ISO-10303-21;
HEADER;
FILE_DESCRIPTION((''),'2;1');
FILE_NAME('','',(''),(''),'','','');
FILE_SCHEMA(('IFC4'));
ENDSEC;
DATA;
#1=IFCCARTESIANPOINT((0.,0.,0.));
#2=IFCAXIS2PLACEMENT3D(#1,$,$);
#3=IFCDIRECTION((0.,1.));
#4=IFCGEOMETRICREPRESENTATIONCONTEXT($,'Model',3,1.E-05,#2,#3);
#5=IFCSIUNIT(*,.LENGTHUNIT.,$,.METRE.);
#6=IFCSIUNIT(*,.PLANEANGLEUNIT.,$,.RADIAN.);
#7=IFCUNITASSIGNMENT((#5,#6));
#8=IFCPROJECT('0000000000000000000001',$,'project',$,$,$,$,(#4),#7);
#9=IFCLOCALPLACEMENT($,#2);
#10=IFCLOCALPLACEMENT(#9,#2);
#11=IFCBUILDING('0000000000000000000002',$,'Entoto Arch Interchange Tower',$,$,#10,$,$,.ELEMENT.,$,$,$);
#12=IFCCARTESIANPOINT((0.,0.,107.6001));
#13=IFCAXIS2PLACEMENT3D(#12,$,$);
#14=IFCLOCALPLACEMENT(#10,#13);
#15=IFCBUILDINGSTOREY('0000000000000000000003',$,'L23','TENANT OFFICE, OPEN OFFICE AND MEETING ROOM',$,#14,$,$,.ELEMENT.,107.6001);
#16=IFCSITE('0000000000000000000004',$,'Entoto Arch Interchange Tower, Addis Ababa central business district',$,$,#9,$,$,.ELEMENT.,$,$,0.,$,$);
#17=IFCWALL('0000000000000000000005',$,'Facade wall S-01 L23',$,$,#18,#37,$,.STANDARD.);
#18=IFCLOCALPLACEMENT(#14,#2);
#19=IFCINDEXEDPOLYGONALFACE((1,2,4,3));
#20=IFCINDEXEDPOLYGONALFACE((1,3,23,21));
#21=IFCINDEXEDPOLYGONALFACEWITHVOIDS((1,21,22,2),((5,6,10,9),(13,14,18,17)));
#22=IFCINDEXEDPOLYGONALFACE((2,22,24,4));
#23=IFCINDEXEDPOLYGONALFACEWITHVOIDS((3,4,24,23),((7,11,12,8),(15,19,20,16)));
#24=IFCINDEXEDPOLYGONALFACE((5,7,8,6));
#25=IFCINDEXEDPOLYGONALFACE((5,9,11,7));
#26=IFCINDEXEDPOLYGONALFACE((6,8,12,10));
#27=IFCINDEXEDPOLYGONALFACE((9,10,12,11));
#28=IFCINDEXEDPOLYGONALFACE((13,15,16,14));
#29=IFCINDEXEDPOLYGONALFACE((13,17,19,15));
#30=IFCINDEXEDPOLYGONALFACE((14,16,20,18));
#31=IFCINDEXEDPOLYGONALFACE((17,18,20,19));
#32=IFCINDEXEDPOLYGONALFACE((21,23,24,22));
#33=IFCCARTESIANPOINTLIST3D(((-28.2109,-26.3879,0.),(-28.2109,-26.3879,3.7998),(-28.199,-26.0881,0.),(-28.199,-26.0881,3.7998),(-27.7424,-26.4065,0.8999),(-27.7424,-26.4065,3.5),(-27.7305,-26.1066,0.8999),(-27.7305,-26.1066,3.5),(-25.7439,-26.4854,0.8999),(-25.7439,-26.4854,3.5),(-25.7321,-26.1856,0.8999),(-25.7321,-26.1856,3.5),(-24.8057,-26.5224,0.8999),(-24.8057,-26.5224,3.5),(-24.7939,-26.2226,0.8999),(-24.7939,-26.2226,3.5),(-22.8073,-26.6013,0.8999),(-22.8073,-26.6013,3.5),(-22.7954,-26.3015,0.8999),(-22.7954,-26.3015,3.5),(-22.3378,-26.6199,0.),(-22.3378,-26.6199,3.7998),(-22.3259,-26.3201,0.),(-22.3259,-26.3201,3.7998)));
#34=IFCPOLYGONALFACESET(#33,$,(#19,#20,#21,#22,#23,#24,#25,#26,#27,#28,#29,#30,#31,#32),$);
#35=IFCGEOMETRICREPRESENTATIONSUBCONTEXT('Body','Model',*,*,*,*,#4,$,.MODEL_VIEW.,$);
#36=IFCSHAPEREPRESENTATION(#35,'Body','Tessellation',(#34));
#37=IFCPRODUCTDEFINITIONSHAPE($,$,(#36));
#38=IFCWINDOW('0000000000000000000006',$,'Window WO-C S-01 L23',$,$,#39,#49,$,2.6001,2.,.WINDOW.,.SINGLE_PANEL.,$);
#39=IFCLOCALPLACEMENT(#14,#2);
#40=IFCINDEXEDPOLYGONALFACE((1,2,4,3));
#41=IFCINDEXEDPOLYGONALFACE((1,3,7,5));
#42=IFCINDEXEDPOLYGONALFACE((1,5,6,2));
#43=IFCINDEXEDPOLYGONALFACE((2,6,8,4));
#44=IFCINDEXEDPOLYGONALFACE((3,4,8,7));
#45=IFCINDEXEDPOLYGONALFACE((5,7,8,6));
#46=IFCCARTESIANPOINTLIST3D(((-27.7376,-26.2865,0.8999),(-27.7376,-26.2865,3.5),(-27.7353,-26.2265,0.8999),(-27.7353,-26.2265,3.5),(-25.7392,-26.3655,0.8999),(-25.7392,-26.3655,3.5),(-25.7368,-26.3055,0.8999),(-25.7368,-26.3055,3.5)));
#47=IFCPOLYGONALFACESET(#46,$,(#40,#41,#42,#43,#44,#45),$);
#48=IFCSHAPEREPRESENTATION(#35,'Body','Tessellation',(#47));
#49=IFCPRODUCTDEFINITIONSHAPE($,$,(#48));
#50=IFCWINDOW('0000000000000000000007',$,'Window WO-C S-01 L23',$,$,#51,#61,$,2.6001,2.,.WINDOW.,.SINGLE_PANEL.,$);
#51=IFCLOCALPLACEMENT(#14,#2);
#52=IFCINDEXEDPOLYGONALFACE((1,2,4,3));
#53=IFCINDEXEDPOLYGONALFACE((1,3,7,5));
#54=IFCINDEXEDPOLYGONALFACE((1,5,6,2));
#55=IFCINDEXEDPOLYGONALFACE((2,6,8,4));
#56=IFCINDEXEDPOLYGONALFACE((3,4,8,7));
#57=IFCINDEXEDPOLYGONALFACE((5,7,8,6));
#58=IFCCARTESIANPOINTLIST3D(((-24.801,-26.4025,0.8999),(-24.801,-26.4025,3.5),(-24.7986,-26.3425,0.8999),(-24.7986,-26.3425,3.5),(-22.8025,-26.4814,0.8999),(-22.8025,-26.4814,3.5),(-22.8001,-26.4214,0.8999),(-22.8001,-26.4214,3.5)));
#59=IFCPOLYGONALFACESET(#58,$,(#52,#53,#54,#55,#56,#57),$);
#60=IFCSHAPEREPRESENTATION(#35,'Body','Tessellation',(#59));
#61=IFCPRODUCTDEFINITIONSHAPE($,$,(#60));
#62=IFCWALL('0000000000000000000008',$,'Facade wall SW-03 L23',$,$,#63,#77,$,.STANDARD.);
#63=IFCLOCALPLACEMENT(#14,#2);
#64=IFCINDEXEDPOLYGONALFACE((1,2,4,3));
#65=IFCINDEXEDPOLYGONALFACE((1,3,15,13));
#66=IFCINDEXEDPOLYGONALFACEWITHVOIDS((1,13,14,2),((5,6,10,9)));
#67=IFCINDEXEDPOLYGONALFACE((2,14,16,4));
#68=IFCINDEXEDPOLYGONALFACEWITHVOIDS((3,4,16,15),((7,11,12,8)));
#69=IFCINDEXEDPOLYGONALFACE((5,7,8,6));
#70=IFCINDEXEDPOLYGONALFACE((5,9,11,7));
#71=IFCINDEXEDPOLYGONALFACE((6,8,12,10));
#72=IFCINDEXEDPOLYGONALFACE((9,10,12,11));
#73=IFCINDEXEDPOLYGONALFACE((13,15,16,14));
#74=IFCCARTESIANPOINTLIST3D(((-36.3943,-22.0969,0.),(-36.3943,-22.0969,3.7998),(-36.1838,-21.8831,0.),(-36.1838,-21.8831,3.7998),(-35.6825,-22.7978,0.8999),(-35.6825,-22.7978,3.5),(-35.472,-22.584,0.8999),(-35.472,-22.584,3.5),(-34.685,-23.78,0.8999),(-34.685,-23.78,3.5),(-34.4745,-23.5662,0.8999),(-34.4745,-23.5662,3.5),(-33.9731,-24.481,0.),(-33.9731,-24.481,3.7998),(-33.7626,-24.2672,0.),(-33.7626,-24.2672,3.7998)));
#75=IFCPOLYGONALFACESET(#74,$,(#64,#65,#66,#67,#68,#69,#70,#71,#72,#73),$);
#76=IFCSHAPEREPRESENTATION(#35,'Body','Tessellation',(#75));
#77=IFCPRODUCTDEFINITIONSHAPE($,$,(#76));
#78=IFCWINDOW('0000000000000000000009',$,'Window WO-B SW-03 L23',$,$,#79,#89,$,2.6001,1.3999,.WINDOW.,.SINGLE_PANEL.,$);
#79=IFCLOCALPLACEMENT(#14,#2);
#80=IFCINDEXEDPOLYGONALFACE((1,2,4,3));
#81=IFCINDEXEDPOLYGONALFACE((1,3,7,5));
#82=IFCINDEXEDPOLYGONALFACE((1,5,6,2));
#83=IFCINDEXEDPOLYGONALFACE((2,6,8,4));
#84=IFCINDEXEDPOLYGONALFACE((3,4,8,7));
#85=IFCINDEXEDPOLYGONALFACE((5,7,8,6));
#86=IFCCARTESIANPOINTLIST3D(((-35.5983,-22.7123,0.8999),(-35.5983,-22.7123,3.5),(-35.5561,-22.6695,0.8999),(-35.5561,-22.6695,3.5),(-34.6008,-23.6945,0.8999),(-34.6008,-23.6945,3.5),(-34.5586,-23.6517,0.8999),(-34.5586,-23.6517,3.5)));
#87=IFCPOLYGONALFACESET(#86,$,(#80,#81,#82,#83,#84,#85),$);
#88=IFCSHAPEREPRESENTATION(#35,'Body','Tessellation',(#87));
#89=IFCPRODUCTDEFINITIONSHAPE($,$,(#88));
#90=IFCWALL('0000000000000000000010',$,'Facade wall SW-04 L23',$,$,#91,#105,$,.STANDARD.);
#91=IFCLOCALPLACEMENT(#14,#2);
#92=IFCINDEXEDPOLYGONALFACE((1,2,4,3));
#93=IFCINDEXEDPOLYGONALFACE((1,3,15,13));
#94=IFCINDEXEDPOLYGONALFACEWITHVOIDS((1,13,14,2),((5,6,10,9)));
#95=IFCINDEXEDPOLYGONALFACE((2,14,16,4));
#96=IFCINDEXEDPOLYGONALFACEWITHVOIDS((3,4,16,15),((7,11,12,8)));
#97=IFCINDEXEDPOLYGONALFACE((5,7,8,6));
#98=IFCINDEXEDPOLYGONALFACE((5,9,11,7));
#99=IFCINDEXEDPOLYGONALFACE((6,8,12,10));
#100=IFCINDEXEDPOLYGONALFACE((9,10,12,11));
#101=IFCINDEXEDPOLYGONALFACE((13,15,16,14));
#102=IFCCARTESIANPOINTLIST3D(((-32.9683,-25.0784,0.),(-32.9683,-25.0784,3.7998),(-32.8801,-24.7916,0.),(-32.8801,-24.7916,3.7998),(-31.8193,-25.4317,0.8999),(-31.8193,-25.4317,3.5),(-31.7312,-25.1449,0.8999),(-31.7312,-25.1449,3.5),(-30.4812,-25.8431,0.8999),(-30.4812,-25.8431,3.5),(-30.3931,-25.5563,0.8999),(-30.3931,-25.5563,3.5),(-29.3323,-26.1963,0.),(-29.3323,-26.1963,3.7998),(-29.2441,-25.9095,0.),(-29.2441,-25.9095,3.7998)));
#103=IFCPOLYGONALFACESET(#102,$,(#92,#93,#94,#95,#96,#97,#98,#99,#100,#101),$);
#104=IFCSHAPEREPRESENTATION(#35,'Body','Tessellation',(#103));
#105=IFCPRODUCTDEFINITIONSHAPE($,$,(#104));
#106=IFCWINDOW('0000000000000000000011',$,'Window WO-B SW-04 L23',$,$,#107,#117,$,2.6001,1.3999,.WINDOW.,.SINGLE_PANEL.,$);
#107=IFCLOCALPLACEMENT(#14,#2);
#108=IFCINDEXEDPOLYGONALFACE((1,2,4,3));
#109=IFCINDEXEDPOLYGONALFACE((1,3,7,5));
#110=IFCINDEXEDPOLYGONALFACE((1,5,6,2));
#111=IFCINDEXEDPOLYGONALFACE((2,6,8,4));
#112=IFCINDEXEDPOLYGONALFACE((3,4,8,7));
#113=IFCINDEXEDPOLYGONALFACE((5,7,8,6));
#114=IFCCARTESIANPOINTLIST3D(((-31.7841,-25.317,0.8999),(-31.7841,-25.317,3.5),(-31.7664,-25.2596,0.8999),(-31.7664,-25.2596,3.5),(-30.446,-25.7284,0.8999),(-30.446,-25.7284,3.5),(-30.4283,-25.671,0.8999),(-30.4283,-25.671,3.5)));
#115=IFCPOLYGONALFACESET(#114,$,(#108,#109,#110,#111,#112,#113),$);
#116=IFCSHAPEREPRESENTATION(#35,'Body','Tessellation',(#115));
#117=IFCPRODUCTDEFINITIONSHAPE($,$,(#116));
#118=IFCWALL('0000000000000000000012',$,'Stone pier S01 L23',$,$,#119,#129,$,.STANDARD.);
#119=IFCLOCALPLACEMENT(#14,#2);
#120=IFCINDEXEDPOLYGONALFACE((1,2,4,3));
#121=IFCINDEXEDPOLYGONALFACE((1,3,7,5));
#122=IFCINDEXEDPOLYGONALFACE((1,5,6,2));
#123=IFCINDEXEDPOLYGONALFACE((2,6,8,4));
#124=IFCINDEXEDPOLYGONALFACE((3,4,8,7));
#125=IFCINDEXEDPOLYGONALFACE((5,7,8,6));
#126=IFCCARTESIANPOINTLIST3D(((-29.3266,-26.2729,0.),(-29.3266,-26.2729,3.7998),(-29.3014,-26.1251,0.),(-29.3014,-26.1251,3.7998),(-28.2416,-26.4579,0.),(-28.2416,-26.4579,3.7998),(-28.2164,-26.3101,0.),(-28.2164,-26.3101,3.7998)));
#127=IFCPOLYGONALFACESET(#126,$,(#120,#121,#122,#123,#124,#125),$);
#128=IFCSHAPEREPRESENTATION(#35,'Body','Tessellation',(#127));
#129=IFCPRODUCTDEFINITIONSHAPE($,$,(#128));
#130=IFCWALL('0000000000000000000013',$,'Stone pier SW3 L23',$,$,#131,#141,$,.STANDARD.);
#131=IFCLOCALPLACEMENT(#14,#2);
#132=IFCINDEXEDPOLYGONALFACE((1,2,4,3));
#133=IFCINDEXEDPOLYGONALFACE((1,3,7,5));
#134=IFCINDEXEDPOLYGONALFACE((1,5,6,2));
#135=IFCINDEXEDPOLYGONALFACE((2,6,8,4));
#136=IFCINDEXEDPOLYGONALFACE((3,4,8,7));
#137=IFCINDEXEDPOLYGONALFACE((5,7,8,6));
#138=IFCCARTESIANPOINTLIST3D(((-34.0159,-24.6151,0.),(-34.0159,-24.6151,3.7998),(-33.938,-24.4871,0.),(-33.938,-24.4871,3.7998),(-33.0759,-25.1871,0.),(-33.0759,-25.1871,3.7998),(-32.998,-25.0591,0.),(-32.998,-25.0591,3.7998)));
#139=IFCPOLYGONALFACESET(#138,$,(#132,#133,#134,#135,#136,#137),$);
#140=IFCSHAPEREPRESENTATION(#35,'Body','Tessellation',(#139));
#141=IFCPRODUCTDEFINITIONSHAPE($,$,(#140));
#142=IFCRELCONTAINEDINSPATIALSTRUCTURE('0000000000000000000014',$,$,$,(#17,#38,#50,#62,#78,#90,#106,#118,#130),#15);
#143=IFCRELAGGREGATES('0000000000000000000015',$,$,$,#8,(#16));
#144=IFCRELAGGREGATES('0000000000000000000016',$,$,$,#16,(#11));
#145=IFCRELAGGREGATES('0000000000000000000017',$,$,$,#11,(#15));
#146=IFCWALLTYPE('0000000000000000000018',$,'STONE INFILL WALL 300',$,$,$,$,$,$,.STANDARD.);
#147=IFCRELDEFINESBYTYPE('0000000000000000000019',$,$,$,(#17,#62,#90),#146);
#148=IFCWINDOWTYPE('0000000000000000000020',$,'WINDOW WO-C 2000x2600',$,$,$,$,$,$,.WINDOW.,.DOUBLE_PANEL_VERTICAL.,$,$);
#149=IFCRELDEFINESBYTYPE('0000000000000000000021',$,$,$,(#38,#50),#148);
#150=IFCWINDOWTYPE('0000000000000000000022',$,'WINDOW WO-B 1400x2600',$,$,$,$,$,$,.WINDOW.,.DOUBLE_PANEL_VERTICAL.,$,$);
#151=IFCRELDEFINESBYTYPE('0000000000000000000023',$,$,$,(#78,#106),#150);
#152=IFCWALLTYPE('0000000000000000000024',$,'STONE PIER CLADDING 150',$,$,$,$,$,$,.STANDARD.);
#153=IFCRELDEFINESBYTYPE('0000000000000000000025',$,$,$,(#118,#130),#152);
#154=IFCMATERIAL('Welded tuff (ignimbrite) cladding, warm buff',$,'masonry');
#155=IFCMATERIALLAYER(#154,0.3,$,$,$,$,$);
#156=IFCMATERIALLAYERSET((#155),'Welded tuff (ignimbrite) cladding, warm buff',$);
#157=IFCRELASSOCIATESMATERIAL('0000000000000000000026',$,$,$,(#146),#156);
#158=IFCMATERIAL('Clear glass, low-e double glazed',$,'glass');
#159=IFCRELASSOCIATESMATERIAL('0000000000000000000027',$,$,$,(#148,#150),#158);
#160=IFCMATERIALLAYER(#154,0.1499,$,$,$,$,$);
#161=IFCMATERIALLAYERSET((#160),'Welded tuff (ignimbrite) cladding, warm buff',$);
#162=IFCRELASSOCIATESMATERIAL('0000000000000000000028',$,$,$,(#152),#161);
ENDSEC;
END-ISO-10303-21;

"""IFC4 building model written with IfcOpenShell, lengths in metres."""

from ifc_helpers import new_model, si_unit, direction, frame, frame_2d, origin, place, context, subcontext, project, spatial, rectangle, extrude, material, layer, layer_set, type_object, element, fill, save


model = new_model("IFC4")

# Units and contexts
model_context = context("Model", 3, precision=1e-05, world=origin(), true_north=direction((0.0, 1.0)))
body_context = subcontext(model_context, "Body", "Model", "MODEL_VIEW")
ifc_project = project(units=[si_unit("LENGTHUNIT", "METRE"), si_unit("PLANEANGLEUNIT", "RADIAN")], contexts=[model_context])

# Site, building, storey
site_placement = place(None, origin())
site = spatial("IfcSite", under=ifc_project, at=site_placement, Name="Entoto Arch Interchange Tower, Addis Ababa central business district", CompositionType="ELEMENT", RefElevation=0.0)
building_placement = place(site_placement, origin())
building = spatial("IfcBuilding", under=site, at=building_placement, Name="Entoto Arch Interchange Tower", CompositionType="ELEMENT")
storey_placement = place(building_placement, frame((0.0, 0.0, 107.6001)))
storey = spatial("IfcBuildingStorey", under=building, at=storey_placement, Name="L23", Description="TENANT OFFICE, OPEN OFFICE AND MEETING ROOM", CompositionType="ELEMENT", Elevation=107.6001)

# Wall, openings, windows
ifc_material_1 = material(Name="Welded tuff (ignimbrite) cladding, warm buff", Category="masonry")
ifc_layer_1 = layer(ifc_material_1, 0.3)
ifc_layer_set_1 = layer_set([ifc_layer_1], Name="Welded tuff (ignimbrite) cladding, warm buff")
wall_type_1 = type_object("IfcWallType", Name="STONE INFILL WALL 300", PredefinedType="STANDARD", material=ifc_layer_set_1)
wall_1_placement = place(storey_placement, frame((-28.2051, -26.238, 0.0), z_axis=(0.0, 0.0, 1.0), x_axis=(0.999221, -0.03946, 0.0)))
wall_1 = element("IfcWall", 1, at=wall_1_placement, inside=storey, type_object=wall_type_1, Name="Facade wall S-01 L23", PredefinedType="STANDARD", context=body_context, shape_type="SweptSolid", body=[
    extrude(rectangle(XDim=5.8777, YDim=0.3, at=frame_2d((2.939, 0.0))), origin(), (0.0, 0.0, 1.0), 3.7998),
])
opening_1_placement = place(wall_1_placement, frame((0.469, 0.0, 0.8999)))
opening_1 = element("IfcOpeningElement", 2, at=opening_1_placement, cuts=wall_1, PredefinedType="OPENING", context=body_context, shape_type="SweptSolid", body=[
    extrude(rectangle(XDim=2.0, YDim=2.6001, at=frame_2d((1.0, 1.3))), frame((0.0, 0.1602, 0.0), z_axis=(0.0, -1.0, 0.0), x_axis=(1.0, 0.0, 0.0)), (0.0, 0.0, 1.0), 0.3201),
])
opening_2_placement = place(wall_1_placement, frame((3.408, 0.0, 0.8999)))
opening_2 = element("IfcOpeningElement", 3, at=opening_2_placement, cuts=wall_1, PredefinedType="OPENING", context=body_context, shape_type="SweptSolid", body=[
    extrude(rectangle(XDim=2.0, YDim=2.6001, at=frame_2d((1.0, 1.3))), frame((0.0, 0.1602, 0.0), z_axis=(0.0, -1.0, 0.0), x_axis=(1.0, 0.0, 0.0)), (0.0, 0.0, 1.0), 0.3201),
])
ifc_material_2 = material(Name="Clear glass, low-e double glazed", Category="glass")
window_type_1 = type_object("IfcWindowType", Name="WINDOW WO-C 2000x2600", PartitioningType="DOUBLE_PANEL_VERTICAL", PredefinedType="WINDOW", material=ifc_material_2)
window_1_placement = place(opening_1_placement, origin())
window_1 = element("IfcWindow", 4, at=window_1_placement, inside=storey, type_object=window_type_1, Name="Window WO-C S-01 L23", OverallHeight=2.6001, OverallWidth=2.0, PartitioningType="SINGLE_PANEL", PredefinedType="WINDOW", context=body_context, shape_type="SweptSolid", body=[
    extrude(rectangle(XDim=2.0, YDim=2.6001, at=frame_2d((1.0, 1.3))), frame((0.0, 0.03, 0.0), z_axis=(0.0, -1.0, 0.0), x_axis=(1.0, 0.0, 0.0)), (0.0, 0.0, 1.0), 0.0601),
])
fill(opening_1, window_1)
window_2_placement = place(opening_2_placement, origin())
window_2 = element("IfcWindow", 5, at=window_2_placement, inside=storey, type_object=window_type_1, Name="Window WO-C S-01 L23", OverallHeight=2.6001, OverallWidth=2.0, PartitioningType="SINGLE_PANEL", PredefinedType="WINDOW", context=body_context, shape_type="SweptSolid", body=[
    extrude(rectangle(XDim=2.0, YDim=2.6001, at=frame_2d((1.0, 1.3))), frame((0.0, 0.03, 0.0), z_axis=(0.0, -1.0, 0.0), x_axis=(1.0, 0.0, 0.0)), (0.0, 0.0, 1.0), 0.0601),
])
fill(opening_2, window_2)

# Walls, openings, windows
wall_2_placement = place(storey_placement, frame((-36.2891, -21.99, 0.0), z_axis=(0.0, 0.0, 1.0), x_axis=(0.712546, -0.701625, 0.0)))
wall_2 = element("IfcWall", 6, at=wall_2_placement, inside=storey, type_object=wall_type_1, Name="Facade wall SW-03 L23", PredefinedType="STANDARD", context=body_context, shape_type="SweptSolid", body=[
    extrude(rectangle(XDim=3.3979, YDim=0.3, at=frame_2d((1.699, 0.0))), origin(), (0.0, 0.0, 1.0), 3.7998),
])
opening_3_placement = place(wall_2_placement, frame((0.999, 0.0, 0.8999)))
opening_3 = element("IfcOpeningElement", 7, at=opening_3_placement, cuts=wall_2, PredefinedType="OPENING", context=body_context, shape_type="SweptSolid", body=[
    extrude(rectangle(XDim=1.3999, YDim=2.6001, at=frame_2d((0.7, 1.3))), frame((0.0, 0.1602, 0.0), z_axis=(0.0, -1.0, 0.0), x_axis=(1.0, 0.0, 0.0)), (0.0, 0.0, 1.0), 0.3201),
])
window_type_2 = type_object("IfcWindowType", Name="WINDOW WO-B 1400x2600", PartitioningType="DOUBLE_PANEL_VERTICAL", PredefinedType="WINDOW", material=ifc_material_2)
window_3_placement = place(opening_3_placement, origin())
window_3 = element("IfcWindow", 8, at=window_3_placement, inside=storey, type_object=window_type_2, Name="Window WO-B SW-03 L23", OverallHeight=2.6001, OverallWidth=1.3999, PartitioningType="SINGLE_PANEL", PredefinedType="WINDOW", context=body_context, shape_type="SweptSolid", body=[
    extrude(rectangle(XDim=1.3999, YDim=2.6001, at=frame_2d((0.7, 1.3))), frame((0.0, 0.03, 0.0), z_axis=(0.0, -1.0, 0.0), x_axis=(1.0, 0.0, 0.0)), (0.0, 0.0, 1.0), 0.0601),
])
fill(opening_3, window_3)
wall_3_placement = place(storey_placement, frame((-32.9241, -24.9351, 0.0), z_axis=(0.0, 0.0, 1.0), x_axis=(0.955841, -0.293883, 0.0)))
wall_3 = element("IfcWall", 9, at=wall_3_placement, inside=storey, type_object=wall_type_1, Name="Facade wall SW-04 L23", PredefinedType="STANDARD", context=body_context, shape_type="SweptSolid", body=[
    extrude(rectangle(XDim=3.804, YDim=0.3, at=frame_2d((1.9019, 0.0))), origin(), (0.0, 0.0, 1.0), 3.7998),
])
opening_4_placement = place(wall_3_placement, frame((1.2019, 0.0, 0.8999)))
opening_4 = element("IfcOpeningElement", 10, at=opening_4_placement, cuts=wall_3, PredefinedType="OPENING", context=body_context, shape_type="SweptSolid", body=[
    extrude(rectangle(XDim=1.3999, YDim=2.6001, at=frame_2d((0.7, 1.3))), frame((0.0, 0.1602, 0.0), z_axis=(0.0, -1.0, 0.0), x_axis=(1.0, 0.0, 0.0)), (0.0, 0.0, 1.0), 0.3201),
])
window_4_placement = place(opening_4_placement, origin())
window_4 = element("IfcWindow", 11, at=window_4_placement, inside=storey, type_object=window_type_2, Name="Window WO-B SW-04 L23", OverallHeight=2.6001, OverallWidth=1.3999, PartitioningType="SINGLE_PANEL", PredefinedType="WINDOW", context=body_context, shape_type="SweptSolid", body=[
    extrude(rectangle(XDim=1.3999, YDim=2.6001, at=frame_2d((0.7, 1.3))), frame((0.0, 0.03, 0.0), z_axis=(0.0, -1.0, 0.0), x_axis=(1.0, 0.0, 0.0)), (0.0, 0.0, 1.0), 0.0601),
])
fill(opening_4, window_4)

# Walls
ifc_layer_2 = layer(ifc_material_1, 0.1499)
ifc_layer_set_2 = layer_set([ifc_layer_2], Name="Welded tuff (ignimbrite) cladding, warm buff")
wall_type_2 = type_object("IfcWallType", Name="STONE PIER CLADDING 150", PredefinedType="STANDARD", material=ifc_layer_set_2)
wall_4_placement = place(storey_placement, frame((-29.314, -26.199, 0.0), z_axis=(0.0, 0.0, 1.0), x_axis=(0.985763, -0.168139, 0.0)))
element("IfcWall", 12, at=wall_4_placement, inside=storey, type_object=wall_type_2, Name="Stone pier S01 L23", PredefinedType="STANDARD", context=body_context, shape_type="SweptSolid", body=[
    extrude(rectangle(XDim=1.1006, YDim=0.1499, at=frame_2d((0.5503, 0.0))), origin(), (0.0, 0.0, 1.0), 3.7998),
])
wall_5_placement = place(storey_placement, frame((-33.9771, -24.551, 0.0), z_axis=(0.0, 0.0, 1.0), x_axis=(0.854246, -0.51987, 0.0)))
element("IfcWall", 13, at=wall_5_placement, inside=storey, type_object=wall_type_2, Name="Stone pier SW3 L23", PredefinedType="STANDARD", context=body_context, shape_type="SweptSolid", body=[
    extrude(rectangle(XDim=1.1003, YDim=0.1499, at=frame_2d((0.5503, 0.0))), origin(), (0.0, 0.0, 1.0), 3.7998),
])

save(model, "model.ifc")
